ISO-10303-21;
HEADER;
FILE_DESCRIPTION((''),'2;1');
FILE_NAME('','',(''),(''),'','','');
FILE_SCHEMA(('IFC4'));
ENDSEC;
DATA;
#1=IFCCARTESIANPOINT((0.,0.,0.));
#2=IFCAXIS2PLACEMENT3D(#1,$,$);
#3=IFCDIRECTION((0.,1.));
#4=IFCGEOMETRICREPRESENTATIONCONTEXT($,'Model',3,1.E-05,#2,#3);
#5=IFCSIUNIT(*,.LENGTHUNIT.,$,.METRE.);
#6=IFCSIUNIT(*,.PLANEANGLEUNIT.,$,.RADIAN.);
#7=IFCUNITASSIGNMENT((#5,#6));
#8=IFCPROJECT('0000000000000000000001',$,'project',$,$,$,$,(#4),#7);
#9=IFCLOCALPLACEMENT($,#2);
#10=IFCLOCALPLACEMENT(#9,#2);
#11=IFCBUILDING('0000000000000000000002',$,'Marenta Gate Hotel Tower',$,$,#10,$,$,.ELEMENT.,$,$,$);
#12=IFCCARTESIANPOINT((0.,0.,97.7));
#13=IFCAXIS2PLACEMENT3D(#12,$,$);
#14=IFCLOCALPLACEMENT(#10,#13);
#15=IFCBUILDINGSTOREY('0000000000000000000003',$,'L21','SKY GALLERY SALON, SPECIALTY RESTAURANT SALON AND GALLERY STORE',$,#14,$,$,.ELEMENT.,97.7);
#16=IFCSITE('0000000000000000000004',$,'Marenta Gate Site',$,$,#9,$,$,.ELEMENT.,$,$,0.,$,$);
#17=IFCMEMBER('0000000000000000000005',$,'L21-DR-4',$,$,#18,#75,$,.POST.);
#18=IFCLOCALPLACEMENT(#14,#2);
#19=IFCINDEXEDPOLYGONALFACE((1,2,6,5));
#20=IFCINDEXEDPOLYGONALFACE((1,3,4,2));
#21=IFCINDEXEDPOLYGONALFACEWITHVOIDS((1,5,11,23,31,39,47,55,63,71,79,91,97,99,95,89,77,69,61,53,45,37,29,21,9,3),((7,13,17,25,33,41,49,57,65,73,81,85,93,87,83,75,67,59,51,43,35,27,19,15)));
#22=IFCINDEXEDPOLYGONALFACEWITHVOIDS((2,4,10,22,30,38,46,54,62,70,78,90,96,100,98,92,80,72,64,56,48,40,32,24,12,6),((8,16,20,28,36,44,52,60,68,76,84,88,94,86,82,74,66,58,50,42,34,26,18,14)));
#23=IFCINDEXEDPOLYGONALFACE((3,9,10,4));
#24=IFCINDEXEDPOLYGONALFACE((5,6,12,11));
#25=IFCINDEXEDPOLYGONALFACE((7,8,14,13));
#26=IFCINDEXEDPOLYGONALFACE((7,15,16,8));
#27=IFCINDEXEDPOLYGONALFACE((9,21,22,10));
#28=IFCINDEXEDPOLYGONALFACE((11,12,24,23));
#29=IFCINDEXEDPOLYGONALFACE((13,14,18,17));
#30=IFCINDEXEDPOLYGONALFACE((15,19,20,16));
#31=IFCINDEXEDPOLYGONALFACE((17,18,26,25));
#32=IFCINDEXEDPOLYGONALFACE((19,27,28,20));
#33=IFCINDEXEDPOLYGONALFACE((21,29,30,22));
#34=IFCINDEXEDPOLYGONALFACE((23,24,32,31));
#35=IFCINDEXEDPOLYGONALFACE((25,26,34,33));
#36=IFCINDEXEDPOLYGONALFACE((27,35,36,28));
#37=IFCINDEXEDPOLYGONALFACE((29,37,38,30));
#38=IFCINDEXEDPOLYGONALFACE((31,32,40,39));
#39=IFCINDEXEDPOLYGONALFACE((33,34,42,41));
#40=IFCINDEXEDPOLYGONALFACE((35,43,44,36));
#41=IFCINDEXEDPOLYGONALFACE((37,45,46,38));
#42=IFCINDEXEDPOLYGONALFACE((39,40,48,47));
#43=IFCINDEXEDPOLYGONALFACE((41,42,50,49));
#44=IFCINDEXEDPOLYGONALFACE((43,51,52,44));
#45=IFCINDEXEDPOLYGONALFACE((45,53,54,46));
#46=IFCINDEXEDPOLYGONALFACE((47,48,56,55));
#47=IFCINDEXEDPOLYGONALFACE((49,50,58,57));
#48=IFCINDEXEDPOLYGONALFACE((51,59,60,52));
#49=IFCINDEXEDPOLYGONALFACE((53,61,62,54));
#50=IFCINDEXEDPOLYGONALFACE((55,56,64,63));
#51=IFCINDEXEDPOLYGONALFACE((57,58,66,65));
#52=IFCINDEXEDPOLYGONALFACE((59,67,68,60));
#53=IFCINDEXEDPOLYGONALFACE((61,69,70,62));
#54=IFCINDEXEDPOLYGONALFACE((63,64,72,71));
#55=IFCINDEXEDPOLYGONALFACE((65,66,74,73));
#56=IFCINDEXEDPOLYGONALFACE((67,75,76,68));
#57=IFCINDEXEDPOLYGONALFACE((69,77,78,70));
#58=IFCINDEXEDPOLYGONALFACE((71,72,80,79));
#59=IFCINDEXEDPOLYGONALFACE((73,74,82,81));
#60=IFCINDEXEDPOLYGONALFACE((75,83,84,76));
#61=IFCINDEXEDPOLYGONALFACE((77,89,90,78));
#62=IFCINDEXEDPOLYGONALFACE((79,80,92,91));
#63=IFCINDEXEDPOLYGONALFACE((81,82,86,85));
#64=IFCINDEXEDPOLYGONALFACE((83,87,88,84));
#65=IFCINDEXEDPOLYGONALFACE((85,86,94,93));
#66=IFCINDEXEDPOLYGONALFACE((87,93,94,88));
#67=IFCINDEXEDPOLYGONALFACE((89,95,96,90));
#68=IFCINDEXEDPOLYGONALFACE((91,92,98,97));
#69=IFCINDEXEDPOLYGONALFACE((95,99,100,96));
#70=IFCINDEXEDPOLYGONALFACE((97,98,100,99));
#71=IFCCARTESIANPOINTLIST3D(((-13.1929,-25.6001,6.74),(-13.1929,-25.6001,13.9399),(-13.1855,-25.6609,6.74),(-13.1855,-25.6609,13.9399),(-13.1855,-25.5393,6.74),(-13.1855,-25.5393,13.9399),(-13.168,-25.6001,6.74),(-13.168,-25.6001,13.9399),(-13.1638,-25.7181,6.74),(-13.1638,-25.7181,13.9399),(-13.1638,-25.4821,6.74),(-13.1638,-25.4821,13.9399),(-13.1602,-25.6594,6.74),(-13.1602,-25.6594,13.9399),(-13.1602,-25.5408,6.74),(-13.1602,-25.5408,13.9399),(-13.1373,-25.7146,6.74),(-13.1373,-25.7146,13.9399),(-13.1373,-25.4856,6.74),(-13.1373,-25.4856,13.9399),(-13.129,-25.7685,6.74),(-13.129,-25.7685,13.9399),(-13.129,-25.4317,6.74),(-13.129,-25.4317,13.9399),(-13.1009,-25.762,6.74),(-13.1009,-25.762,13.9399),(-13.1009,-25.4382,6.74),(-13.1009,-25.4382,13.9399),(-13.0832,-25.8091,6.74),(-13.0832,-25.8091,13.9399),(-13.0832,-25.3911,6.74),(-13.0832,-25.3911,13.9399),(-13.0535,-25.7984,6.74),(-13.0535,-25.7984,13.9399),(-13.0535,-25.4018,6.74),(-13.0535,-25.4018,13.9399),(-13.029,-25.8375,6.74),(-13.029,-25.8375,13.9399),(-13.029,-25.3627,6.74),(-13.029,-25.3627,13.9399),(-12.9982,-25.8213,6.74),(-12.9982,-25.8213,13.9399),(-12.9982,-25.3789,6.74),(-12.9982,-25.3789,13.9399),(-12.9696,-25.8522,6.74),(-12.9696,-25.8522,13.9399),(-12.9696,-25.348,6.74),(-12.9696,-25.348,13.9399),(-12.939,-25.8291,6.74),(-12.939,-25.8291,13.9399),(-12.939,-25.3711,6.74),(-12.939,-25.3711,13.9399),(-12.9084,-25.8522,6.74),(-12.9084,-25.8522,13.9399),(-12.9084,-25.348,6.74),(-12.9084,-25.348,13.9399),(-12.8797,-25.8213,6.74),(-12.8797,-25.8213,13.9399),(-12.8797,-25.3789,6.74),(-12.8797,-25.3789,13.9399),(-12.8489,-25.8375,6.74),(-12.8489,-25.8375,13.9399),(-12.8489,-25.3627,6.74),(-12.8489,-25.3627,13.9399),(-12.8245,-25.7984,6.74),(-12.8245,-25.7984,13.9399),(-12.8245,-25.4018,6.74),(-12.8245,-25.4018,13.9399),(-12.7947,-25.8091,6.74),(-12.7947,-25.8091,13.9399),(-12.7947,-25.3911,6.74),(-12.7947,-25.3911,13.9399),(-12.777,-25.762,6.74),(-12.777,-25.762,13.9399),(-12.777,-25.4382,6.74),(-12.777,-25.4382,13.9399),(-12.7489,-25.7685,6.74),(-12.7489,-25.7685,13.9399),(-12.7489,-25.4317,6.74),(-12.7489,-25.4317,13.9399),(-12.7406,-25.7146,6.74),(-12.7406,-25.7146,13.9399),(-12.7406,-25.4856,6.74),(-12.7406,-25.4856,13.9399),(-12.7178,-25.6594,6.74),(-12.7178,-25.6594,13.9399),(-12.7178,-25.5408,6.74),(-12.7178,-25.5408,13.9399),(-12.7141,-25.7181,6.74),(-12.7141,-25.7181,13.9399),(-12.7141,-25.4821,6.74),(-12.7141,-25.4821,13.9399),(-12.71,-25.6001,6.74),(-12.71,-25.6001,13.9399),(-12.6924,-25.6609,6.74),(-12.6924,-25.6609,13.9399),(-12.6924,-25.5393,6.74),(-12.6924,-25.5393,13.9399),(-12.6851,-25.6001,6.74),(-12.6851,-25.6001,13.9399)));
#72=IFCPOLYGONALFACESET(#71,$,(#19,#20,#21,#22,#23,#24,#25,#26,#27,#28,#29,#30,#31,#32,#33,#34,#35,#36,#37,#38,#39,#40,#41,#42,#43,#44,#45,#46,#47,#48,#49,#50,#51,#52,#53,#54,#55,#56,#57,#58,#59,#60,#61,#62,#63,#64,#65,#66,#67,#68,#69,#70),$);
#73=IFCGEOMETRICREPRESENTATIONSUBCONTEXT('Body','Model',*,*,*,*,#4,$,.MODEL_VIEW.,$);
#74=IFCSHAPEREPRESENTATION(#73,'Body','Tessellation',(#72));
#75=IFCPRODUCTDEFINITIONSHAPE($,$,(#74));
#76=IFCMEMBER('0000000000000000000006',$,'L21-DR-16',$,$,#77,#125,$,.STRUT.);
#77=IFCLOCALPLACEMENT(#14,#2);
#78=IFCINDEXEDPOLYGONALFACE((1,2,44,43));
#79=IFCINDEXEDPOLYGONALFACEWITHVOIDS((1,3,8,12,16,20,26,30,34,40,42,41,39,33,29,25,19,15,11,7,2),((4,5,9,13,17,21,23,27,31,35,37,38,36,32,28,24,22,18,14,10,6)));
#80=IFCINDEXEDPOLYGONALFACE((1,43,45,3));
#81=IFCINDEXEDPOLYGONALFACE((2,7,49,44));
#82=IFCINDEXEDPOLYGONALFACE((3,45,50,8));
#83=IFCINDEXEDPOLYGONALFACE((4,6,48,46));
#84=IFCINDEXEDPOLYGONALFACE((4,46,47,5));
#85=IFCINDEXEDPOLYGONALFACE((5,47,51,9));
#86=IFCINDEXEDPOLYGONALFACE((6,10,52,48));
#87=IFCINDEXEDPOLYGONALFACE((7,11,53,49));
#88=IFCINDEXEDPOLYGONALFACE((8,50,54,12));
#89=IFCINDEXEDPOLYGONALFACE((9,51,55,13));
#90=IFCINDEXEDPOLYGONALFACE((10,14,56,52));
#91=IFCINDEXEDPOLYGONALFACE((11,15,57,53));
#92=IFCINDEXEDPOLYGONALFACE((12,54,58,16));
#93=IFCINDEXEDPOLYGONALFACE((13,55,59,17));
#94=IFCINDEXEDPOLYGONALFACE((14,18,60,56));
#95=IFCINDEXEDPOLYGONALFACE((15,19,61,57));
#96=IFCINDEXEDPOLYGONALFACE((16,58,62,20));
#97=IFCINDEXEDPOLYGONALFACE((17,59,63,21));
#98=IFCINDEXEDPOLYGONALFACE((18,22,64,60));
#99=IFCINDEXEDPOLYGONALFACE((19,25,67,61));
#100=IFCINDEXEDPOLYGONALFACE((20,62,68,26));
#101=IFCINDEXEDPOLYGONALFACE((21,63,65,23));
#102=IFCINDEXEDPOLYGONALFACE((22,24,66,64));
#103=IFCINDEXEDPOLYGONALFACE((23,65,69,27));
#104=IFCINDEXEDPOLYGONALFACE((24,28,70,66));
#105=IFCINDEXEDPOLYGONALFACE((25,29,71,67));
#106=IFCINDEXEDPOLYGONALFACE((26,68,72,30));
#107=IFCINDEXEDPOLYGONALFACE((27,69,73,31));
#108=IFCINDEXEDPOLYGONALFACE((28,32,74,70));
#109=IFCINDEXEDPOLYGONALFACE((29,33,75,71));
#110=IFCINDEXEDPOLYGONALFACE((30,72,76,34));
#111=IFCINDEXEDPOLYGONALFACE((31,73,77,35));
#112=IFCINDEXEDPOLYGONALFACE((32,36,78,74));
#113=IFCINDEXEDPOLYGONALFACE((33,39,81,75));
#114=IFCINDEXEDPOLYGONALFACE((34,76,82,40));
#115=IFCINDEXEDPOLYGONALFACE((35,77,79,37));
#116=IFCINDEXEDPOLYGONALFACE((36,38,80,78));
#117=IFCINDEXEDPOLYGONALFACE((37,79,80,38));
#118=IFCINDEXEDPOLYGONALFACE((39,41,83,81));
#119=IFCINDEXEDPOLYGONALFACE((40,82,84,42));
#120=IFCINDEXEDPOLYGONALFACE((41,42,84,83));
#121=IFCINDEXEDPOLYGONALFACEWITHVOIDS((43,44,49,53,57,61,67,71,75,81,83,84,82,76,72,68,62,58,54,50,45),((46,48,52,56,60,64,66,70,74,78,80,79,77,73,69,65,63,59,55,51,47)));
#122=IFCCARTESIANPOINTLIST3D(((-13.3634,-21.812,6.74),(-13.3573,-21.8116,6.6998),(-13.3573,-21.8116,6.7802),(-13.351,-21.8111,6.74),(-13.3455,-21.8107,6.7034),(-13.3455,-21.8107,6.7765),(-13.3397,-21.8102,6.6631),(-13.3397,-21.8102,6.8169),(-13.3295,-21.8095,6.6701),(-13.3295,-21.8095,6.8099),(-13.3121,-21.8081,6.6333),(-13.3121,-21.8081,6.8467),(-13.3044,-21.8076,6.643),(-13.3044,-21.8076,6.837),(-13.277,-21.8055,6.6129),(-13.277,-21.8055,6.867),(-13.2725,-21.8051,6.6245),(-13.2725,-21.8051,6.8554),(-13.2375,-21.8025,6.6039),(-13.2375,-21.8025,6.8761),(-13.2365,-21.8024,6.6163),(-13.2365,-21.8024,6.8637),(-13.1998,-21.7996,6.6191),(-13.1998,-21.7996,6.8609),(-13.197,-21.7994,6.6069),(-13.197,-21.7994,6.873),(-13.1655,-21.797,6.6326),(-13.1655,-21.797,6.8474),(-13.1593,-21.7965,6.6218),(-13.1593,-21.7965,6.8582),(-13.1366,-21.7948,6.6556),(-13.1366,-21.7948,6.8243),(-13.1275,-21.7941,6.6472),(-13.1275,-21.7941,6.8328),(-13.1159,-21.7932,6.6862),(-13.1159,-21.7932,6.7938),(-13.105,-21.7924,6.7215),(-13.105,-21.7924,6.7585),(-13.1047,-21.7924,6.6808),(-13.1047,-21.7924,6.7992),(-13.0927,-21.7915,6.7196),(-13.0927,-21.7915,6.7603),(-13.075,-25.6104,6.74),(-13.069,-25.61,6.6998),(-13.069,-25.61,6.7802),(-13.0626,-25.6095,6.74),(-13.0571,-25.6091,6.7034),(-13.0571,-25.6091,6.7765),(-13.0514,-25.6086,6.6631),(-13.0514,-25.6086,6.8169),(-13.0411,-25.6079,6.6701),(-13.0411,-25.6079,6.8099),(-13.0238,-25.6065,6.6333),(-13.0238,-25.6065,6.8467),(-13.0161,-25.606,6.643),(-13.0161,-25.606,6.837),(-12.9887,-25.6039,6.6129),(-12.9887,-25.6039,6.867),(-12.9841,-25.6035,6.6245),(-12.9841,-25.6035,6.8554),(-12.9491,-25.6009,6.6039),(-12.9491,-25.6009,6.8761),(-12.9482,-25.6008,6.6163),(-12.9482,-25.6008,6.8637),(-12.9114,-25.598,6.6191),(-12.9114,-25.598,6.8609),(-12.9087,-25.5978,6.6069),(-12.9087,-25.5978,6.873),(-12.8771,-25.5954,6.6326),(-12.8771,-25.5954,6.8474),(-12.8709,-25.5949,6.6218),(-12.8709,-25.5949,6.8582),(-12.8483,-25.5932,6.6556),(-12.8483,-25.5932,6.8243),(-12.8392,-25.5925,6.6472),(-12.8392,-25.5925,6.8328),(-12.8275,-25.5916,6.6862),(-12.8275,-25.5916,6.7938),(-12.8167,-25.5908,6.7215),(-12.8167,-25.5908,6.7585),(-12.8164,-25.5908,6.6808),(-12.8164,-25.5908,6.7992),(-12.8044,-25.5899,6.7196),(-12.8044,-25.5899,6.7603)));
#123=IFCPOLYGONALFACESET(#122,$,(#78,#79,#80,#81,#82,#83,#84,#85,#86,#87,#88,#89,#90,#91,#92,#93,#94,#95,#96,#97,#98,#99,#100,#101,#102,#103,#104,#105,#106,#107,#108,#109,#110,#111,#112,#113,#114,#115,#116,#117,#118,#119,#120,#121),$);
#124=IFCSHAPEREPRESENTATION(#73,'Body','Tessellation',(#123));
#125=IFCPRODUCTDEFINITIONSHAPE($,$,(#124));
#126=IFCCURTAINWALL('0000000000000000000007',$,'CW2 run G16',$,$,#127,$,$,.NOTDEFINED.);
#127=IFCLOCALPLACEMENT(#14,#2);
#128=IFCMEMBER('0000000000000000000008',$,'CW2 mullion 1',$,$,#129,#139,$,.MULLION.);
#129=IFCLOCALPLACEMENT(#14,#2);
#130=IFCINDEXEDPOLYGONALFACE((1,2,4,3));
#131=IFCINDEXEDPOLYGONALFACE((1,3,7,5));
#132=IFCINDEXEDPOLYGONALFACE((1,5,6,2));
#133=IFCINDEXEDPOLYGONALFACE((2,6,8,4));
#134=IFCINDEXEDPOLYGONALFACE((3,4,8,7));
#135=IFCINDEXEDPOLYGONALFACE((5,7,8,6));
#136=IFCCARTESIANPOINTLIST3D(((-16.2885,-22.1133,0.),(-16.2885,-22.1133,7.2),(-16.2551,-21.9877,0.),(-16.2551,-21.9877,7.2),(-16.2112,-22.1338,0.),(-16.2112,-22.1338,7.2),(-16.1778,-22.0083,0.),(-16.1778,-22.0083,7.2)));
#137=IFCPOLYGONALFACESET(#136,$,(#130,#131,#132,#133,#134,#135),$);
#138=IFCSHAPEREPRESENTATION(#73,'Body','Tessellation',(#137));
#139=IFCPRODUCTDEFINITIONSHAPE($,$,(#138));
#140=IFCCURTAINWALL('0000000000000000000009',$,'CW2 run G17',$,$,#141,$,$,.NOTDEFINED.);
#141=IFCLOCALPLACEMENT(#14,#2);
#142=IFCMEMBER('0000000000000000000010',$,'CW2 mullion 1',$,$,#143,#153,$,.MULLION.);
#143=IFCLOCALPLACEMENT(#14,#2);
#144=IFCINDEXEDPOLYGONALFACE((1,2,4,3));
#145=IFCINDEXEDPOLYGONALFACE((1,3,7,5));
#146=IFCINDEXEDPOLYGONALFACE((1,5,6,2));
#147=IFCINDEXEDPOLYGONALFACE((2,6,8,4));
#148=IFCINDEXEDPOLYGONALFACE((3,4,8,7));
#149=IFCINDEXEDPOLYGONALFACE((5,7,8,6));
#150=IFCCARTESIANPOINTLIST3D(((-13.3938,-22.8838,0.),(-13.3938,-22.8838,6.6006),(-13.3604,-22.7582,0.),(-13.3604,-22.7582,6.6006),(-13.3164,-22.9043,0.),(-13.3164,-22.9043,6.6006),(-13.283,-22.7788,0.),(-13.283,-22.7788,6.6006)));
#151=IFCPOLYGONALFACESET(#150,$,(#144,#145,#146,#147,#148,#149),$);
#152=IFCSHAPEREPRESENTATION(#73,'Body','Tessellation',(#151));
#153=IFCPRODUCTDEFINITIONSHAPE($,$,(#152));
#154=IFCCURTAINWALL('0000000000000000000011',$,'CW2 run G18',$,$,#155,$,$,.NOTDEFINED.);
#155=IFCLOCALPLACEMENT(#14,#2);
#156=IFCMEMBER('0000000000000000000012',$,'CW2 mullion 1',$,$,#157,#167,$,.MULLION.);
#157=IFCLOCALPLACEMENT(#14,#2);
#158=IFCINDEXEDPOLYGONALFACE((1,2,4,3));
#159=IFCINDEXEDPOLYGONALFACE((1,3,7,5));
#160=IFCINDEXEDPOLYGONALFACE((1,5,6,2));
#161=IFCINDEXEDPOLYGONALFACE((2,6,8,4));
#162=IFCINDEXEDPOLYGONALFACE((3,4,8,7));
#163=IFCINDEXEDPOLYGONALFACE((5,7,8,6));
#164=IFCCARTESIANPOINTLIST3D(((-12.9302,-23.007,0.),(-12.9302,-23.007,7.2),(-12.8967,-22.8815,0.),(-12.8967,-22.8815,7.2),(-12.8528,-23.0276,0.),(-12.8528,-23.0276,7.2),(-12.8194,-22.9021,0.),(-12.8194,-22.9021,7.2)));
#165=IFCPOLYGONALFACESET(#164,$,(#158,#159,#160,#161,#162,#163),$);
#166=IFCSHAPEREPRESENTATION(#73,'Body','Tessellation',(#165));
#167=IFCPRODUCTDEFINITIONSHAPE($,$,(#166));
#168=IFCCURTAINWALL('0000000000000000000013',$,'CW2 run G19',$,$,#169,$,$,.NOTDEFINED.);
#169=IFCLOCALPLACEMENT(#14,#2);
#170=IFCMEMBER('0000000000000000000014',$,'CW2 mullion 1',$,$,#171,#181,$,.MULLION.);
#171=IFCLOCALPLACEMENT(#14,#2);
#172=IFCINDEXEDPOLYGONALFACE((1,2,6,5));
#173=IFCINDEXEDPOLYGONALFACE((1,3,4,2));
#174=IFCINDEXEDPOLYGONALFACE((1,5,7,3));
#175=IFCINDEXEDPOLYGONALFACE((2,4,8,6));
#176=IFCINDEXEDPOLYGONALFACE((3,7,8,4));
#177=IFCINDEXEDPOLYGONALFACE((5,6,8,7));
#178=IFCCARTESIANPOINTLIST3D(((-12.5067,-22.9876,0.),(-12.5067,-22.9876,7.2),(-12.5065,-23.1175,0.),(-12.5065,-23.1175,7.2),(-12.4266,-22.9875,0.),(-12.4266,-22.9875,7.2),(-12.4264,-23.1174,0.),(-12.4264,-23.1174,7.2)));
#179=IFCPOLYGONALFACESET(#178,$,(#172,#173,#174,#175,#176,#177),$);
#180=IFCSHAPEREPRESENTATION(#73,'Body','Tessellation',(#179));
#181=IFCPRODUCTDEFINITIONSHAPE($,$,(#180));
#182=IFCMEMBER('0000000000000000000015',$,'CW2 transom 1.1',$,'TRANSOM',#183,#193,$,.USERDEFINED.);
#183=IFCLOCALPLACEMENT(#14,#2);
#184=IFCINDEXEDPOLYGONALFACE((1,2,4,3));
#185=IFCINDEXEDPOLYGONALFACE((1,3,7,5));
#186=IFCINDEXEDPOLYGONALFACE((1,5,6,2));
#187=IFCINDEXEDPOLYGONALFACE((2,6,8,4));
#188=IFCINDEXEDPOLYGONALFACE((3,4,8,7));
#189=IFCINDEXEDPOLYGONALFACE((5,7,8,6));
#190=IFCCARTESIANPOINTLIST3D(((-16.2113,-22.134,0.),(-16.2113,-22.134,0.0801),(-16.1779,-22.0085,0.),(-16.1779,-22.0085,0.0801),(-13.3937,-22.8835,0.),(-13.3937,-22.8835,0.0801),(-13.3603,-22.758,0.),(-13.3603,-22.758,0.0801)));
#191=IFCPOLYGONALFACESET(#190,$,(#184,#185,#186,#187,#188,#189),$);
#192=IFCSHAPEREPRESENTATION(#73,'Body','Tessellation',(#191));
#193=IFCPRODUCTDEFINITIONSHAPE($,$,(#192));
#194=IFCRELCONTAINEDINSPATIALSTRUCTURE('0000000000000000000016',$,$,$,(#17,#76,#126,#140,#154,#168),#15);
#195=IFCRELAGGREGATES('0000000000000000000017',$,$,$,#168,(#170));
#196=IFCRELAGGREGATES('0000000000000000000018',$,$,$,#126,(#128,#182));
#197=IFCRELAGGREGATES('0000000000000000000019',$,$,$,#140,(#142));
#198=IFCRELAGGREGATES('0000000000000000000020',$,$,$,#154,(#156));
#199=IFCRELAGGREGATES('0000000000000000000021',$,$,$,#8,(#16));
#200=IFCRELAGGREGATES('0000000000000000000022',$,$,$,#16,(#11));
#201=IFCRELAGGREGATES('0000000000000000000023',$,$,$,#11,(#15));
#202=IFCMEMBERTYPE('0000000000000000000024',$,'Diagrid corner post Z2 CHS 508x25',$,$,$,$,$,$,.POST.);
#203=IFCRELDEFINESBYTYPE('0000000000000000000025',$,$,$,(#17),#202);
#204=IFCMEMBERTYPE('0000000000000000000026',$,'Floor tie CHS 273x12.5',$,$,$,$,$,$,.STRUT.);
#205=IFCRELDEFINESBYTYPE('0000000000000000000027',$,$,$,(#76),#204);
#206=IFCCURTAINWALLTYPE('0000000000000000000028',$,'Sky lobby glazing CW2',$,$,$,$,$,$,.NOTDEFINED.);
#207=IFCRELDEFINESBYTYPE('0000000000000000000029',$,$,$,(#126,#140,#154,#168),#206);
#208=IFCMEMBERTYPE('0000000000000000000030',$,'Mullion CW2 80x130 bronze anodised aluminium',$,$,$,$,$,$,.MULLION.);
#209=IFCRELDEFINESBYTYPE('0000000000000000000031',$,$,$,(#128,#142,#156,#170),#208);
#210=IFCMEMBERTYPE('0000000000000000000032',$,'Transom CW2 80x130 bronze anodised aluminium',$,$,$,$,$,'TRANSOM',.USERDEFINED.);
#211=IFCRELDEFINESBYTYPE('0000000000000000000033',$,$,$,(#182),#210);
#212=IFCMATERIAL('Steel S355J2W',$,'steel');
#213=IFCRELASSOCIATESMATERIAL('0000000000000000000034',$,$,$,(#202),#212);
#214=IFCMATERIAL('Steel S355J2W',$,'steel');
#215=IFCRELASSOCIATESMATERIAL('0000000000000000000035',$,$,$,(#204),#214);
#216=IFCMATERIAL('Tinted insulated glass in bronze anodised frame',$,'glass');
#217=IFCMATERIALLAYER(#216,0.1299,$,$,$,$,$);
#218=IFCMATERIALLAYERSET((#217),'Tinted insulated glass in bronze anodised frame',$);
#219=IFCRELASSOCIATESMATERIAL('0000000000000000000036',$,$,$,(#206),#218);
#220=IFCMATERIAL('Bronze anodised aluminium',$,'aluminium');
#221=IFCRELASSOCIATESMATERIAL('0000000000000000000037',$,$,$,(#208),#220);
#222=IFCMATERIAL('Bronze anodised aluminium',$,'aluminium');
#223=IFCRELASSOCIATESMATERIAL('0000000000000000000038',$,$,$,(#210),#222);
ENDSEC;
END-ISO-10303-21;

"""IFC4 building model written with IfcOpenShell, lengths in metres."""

from ifc_helpers import new_model, si_unit, direction, frame, origin, origin_2d, place, context, subcontext, project, spatial, rectangle, hollow_circle, extrude, material, layer, layer_set, material_profile, profile_set, type_object, element, aggregate, save


model = new_model("IFC4")

# Units and contexts
model_context = context("Model", 3, precision=1e-05, world=origin(), true_north=direction((0.0, 1.0)))
body_context = subcontext(model_context, "Body", "Model", "MODEL_VIEW")
ifc_project = project(units=[si_unit("LENGTHUNIT", "METRE"), si_unit("PLANEANGLEUNIT", "RADIAN")], contexts=[model_context])

# Site, building, storey
site_placement = place(None, origin())
site = spatial("IfcSite", under=ifc_project, at=site_placement, Name="Marenta Gate Site", CompositionType="ELEMENT", RefElevation=0.0)
building_placement = place(site_placement, origin())
building = spatial("IfcBuilding", under=site, at=building_placement, Name="Marenta Gate Hotel Tower", CompositionType="ELEMENT")
storey_placement = place(building_placement, frame((0.0, 0.0, 97.7)))
storey = spatial("IfcBuildingStorey", under=building, at=storey_placement, Name="L21", Description="SKY GALLERY SALON, SPECIALTY RESTAURANT SALON AND GALLERY STORE", CompositionType="ELEMENT", Elevation=97.7)

# Members
ifc_material_1 = material(Name="Steel S355J2W", Category="steel")
ifc_material_profile_1 = material_profile(ifc_material_1, hollow_circle(Radius=0.2539, WallThickness=0.0249, at=origin_2d()), Name="CHS 508x25")
ifc_profile_set_1 = profile_set([ifc_material_profile_1], Name="Steel S355J2W")
member_type_1 = type_object("IfcMemberType", Name="Diagrid corner post Z2 CHS 508x25", PredefinedType="POST", material=ifc_profile_set_1)
member_1_placement = place(storey_placement, frame((-12.939, -25.6001, 6.74), z_axis=(0.0, 0.0, 1.0), x_axis=(1.0, 0.0, 0.0)))
element("IfcMember", 1, at=member_1_placement, inside=storey, type_object=member_type_1, Name="L21-DR-4", PredefinedType="POST", context=body_context, shape_type="SweptSolid", body=[
    extrude(hollow_circle(Radius=0.2539, WallThickness=0.0249, at=origin_2d()), origin(), (0.0, 0.0, 1.0), 7.2),
])
ifc_material_2 = material(Name="Steel S355J2W", Category="steel")
ifc_material_profile_2 = material_profile(ifc_material_2, hollow_circle(Radius=0.1365, WallThickness=0.0125, at=origin_2d()), Name="CHS 273x12.5")
ifc_profile_set_2 = profile_set([ifc_material_profile_2], Name="Steel S355J2W")
member_type_2 = type_object("IfcMemberType", Name="Floor tie CHS 273x12.5", PredefinedType="STRUT", material=ifc_profile_set_2)
member_2_placement = place(storey_placement, frame((-12.939, -25.6001, 6.74), z_axis=(-0.075692, 0.997131, 0.0), x_axis=(-0.997131, -0.075692, 0.0)))
element("IfcMember", 2, at=member_2_placement, inside=storey, type_object=member_type_2, Name="L21-DR-16", PredefinedType="STRUT", context=body_context, shape_type="SweptSolid", body=[
    extrude(hollow_circle(Radius=0.1365, WallThickness=0.0125, at=origin_2d()), origin(), (0.0, 0.0, 1.0), 3.8093),
])

# Curtain walls, members
ifc_material_3 = material(Name="Tinted insulated glass in bronze anodised frame", Category="glass")
ifc_layer_1 = layer(ifc_material_3, 0.1299)
ifc_layer_set_1 = layer_set([ifc_layer_1], Name="Tinted insulated glass in bronze anodised frame")
curtain_wall_type = type_object("IfcCurtainWallType", Name="Sky lobby glazing CW2", PredefinedType="NOTDEFINED", material=ifc_layer_set_1)
curtain_wall_1_placement = place(storey_placement, origin())
curtain_wall_1 = element("IfcCurtainWall", 3, at=curtain_wall_1_placement, inside=storey, type_object=curtain_wall_type, Name="CW2 run G16", PredefinedType="NOTDEFINED")
ifc_material_4 = material(Name="Bronze anodised aluminium", Category="aluminium")
ifc_material_profile_3 = material_profile(ifc_material_4, rectangle(XDim=0.1299, YDim=0.0801, at=origin_2d()), Name="Mullion CW2 80x130 bronze anodised aluminium")
ifc_profile_set_3 = profile_set([ifc_material_profile_3], Name="Bronze anodised aluminium")
member_type_3 = type_object("IfcMemberType", Name="Mullion CW2 80x130 bronze anodised aluminium", PredefinedType="MULLION", material=ifc_profile_set_3)
member_3_placement = place(storey_placement, frame((-16.2332, -22.0608, 0.0), z_axis=(0.0, 0.0, 1.0), x_axis=(0.257149, 0.966372, 0.0)))
member_3 = element("IfcMember", 4, at=member_3_placement, type_object=member_type_3, Name="CW2 mullion 1", PredefinedType="MULLION", context=body_context, shape_type="SweptSolid", body=[
    extrude(rectangle(XDim=0.1299, YDim=0.0801, at=origin_2d()), origin(), (0.0, 0.0, 1.0), 7.2),
])
curtain_wall_2_placement = place(storey_placement, origin())
curtain_wall_2 = element("IfcCurtainWall", 5, at=curtain_wall_2_placement, inside=storey, type_object=curtain_wall_type, Name="CW2 run G17", PredefinedType="NOTDEFINED")
member_4_placement = place(storey_placement, frame((-13.3384, -22.8313, 0.0), z_axis=(0.0, 0.0, 1.0), x_axis=(0.257027, 0.966404, 0.0)))
member_4 = element("IfcMember", 6, at=member_4_placement, type_object=member_type_3, Name="CW2 mullion 1", PredefinedType="MULLION", context=body_context, shape_type="SweptSolid", body=[
    extrude(rectangle(XDim=0.1299, YDim=0.0801, at=origin_2d()), origin(), (0.0, 0.0, 1.0), 6.6006),
])
curtain_wall_3_placement = place(storey_placement, origin())
curtain_wall_3 = element("IfcCurtainWall", 7, at=curtain_wall_3_placement, inside=storey, type_object=curtain_wall_type, Name="CW2 run G18", PredefinedType="NOTDEFINED")
member_5_placement = place(storey_placement, frame((-12.8748, -22.9546, 0.0), z_axis=(0.0, 0.0, 1.0), x_axis=(0.257204, 0.966357, 0.0)))
member_5 = element("IfcMember", 8, at=member_5_placement, type_object=member_type_3, Name="CW2 mullion 1", PredefinedType="MULLION", context=body_context, shape_type="SweptSolid", body=[
    extrude(rectangle(XDim=0.1299, YDim=0.0801, at=origin_2d()), origin(), (0.0, 0.0, 1.0), 7.2),
])
curtain_wall_4_placement = place(storey_placement, origin())
curtain_wall_4 = element("IfcCurtainWall", 9, at=curtain_wall_4_placement, inside=storey, type_object=curtain_wall_type, Name="CW2 run G19", PredefinedType="NOTDEFINED")
member_6_placement = place(storey_placement, frame((-12.4666, -23.0525, 0.0), z_axis=(0.0, 0.0, 1.0), x_axis=(-0.001365, 0.999999, 0.0)))
member_6 = element("IfcMember", 10, at=member_6_placement, type_object=member_type_3, Name="CW2 mullion 1", PredefinedType="MULLION", context=body_context, shape_type="SweptSolid", body=[
    extrude(rectangle(XDim=0.1299, YDim=0.0801, at=origin_2d()), origin(), (0.0, 0.0, 1.0), 7.2),
])

# Member
ifc_material_5 = material(Name="Bronze anodised aluminium", Category="aluminium")
ifc_material_profile_4 = material_profile(ifc_material_5, rectangle(XDim=0.1299, YDim=0.0801, at=origin_2d()), Name="Transom CW2 80x130 bronze anodised aluminium")
ifc_profile_set_4 = profile_set([ifc_material_profile_4], Name="Bronze anodised aluminium")
member_type_4 = type_object("IfcMemberType", Name="Transom CW2 80x130 bronze anodised aluminium", ElementType="TRANSOM", PredefinedType="USERDEFINED", material=ifc_profile_set_4)
member_7_placement = place(storey_placement, frame((-16.1946, -22.0713, 0.04), z_axis=(0.966393, -0.257068, 0.0), x_axis=(0.257068, 0.966393, 0.0)))
member_7 = element("IfcMember", 11, at=member_7_placement, type_object=member_type_4, Name="CW2 transom 1.1", ObjectType="TRANSOM", PredefinedType="USERDEFINED", context=body_context, shape_type="SweptSolid", body=[
    extrude(rectangle(XDim=0.1299, YDim=0.0801, at=origin_2d()), origin(), (0.0, 0.0, 1.0), 2.9155),
])
aggregate(curtain_wall_4, [member_6])

aggregate(curtain_wall_1, [member_3, member_7])
aggregate(curtain_wall_2, [member_4])
aggregate(curtain_wall_3, [member_5])

save(model, "model.ifc")
